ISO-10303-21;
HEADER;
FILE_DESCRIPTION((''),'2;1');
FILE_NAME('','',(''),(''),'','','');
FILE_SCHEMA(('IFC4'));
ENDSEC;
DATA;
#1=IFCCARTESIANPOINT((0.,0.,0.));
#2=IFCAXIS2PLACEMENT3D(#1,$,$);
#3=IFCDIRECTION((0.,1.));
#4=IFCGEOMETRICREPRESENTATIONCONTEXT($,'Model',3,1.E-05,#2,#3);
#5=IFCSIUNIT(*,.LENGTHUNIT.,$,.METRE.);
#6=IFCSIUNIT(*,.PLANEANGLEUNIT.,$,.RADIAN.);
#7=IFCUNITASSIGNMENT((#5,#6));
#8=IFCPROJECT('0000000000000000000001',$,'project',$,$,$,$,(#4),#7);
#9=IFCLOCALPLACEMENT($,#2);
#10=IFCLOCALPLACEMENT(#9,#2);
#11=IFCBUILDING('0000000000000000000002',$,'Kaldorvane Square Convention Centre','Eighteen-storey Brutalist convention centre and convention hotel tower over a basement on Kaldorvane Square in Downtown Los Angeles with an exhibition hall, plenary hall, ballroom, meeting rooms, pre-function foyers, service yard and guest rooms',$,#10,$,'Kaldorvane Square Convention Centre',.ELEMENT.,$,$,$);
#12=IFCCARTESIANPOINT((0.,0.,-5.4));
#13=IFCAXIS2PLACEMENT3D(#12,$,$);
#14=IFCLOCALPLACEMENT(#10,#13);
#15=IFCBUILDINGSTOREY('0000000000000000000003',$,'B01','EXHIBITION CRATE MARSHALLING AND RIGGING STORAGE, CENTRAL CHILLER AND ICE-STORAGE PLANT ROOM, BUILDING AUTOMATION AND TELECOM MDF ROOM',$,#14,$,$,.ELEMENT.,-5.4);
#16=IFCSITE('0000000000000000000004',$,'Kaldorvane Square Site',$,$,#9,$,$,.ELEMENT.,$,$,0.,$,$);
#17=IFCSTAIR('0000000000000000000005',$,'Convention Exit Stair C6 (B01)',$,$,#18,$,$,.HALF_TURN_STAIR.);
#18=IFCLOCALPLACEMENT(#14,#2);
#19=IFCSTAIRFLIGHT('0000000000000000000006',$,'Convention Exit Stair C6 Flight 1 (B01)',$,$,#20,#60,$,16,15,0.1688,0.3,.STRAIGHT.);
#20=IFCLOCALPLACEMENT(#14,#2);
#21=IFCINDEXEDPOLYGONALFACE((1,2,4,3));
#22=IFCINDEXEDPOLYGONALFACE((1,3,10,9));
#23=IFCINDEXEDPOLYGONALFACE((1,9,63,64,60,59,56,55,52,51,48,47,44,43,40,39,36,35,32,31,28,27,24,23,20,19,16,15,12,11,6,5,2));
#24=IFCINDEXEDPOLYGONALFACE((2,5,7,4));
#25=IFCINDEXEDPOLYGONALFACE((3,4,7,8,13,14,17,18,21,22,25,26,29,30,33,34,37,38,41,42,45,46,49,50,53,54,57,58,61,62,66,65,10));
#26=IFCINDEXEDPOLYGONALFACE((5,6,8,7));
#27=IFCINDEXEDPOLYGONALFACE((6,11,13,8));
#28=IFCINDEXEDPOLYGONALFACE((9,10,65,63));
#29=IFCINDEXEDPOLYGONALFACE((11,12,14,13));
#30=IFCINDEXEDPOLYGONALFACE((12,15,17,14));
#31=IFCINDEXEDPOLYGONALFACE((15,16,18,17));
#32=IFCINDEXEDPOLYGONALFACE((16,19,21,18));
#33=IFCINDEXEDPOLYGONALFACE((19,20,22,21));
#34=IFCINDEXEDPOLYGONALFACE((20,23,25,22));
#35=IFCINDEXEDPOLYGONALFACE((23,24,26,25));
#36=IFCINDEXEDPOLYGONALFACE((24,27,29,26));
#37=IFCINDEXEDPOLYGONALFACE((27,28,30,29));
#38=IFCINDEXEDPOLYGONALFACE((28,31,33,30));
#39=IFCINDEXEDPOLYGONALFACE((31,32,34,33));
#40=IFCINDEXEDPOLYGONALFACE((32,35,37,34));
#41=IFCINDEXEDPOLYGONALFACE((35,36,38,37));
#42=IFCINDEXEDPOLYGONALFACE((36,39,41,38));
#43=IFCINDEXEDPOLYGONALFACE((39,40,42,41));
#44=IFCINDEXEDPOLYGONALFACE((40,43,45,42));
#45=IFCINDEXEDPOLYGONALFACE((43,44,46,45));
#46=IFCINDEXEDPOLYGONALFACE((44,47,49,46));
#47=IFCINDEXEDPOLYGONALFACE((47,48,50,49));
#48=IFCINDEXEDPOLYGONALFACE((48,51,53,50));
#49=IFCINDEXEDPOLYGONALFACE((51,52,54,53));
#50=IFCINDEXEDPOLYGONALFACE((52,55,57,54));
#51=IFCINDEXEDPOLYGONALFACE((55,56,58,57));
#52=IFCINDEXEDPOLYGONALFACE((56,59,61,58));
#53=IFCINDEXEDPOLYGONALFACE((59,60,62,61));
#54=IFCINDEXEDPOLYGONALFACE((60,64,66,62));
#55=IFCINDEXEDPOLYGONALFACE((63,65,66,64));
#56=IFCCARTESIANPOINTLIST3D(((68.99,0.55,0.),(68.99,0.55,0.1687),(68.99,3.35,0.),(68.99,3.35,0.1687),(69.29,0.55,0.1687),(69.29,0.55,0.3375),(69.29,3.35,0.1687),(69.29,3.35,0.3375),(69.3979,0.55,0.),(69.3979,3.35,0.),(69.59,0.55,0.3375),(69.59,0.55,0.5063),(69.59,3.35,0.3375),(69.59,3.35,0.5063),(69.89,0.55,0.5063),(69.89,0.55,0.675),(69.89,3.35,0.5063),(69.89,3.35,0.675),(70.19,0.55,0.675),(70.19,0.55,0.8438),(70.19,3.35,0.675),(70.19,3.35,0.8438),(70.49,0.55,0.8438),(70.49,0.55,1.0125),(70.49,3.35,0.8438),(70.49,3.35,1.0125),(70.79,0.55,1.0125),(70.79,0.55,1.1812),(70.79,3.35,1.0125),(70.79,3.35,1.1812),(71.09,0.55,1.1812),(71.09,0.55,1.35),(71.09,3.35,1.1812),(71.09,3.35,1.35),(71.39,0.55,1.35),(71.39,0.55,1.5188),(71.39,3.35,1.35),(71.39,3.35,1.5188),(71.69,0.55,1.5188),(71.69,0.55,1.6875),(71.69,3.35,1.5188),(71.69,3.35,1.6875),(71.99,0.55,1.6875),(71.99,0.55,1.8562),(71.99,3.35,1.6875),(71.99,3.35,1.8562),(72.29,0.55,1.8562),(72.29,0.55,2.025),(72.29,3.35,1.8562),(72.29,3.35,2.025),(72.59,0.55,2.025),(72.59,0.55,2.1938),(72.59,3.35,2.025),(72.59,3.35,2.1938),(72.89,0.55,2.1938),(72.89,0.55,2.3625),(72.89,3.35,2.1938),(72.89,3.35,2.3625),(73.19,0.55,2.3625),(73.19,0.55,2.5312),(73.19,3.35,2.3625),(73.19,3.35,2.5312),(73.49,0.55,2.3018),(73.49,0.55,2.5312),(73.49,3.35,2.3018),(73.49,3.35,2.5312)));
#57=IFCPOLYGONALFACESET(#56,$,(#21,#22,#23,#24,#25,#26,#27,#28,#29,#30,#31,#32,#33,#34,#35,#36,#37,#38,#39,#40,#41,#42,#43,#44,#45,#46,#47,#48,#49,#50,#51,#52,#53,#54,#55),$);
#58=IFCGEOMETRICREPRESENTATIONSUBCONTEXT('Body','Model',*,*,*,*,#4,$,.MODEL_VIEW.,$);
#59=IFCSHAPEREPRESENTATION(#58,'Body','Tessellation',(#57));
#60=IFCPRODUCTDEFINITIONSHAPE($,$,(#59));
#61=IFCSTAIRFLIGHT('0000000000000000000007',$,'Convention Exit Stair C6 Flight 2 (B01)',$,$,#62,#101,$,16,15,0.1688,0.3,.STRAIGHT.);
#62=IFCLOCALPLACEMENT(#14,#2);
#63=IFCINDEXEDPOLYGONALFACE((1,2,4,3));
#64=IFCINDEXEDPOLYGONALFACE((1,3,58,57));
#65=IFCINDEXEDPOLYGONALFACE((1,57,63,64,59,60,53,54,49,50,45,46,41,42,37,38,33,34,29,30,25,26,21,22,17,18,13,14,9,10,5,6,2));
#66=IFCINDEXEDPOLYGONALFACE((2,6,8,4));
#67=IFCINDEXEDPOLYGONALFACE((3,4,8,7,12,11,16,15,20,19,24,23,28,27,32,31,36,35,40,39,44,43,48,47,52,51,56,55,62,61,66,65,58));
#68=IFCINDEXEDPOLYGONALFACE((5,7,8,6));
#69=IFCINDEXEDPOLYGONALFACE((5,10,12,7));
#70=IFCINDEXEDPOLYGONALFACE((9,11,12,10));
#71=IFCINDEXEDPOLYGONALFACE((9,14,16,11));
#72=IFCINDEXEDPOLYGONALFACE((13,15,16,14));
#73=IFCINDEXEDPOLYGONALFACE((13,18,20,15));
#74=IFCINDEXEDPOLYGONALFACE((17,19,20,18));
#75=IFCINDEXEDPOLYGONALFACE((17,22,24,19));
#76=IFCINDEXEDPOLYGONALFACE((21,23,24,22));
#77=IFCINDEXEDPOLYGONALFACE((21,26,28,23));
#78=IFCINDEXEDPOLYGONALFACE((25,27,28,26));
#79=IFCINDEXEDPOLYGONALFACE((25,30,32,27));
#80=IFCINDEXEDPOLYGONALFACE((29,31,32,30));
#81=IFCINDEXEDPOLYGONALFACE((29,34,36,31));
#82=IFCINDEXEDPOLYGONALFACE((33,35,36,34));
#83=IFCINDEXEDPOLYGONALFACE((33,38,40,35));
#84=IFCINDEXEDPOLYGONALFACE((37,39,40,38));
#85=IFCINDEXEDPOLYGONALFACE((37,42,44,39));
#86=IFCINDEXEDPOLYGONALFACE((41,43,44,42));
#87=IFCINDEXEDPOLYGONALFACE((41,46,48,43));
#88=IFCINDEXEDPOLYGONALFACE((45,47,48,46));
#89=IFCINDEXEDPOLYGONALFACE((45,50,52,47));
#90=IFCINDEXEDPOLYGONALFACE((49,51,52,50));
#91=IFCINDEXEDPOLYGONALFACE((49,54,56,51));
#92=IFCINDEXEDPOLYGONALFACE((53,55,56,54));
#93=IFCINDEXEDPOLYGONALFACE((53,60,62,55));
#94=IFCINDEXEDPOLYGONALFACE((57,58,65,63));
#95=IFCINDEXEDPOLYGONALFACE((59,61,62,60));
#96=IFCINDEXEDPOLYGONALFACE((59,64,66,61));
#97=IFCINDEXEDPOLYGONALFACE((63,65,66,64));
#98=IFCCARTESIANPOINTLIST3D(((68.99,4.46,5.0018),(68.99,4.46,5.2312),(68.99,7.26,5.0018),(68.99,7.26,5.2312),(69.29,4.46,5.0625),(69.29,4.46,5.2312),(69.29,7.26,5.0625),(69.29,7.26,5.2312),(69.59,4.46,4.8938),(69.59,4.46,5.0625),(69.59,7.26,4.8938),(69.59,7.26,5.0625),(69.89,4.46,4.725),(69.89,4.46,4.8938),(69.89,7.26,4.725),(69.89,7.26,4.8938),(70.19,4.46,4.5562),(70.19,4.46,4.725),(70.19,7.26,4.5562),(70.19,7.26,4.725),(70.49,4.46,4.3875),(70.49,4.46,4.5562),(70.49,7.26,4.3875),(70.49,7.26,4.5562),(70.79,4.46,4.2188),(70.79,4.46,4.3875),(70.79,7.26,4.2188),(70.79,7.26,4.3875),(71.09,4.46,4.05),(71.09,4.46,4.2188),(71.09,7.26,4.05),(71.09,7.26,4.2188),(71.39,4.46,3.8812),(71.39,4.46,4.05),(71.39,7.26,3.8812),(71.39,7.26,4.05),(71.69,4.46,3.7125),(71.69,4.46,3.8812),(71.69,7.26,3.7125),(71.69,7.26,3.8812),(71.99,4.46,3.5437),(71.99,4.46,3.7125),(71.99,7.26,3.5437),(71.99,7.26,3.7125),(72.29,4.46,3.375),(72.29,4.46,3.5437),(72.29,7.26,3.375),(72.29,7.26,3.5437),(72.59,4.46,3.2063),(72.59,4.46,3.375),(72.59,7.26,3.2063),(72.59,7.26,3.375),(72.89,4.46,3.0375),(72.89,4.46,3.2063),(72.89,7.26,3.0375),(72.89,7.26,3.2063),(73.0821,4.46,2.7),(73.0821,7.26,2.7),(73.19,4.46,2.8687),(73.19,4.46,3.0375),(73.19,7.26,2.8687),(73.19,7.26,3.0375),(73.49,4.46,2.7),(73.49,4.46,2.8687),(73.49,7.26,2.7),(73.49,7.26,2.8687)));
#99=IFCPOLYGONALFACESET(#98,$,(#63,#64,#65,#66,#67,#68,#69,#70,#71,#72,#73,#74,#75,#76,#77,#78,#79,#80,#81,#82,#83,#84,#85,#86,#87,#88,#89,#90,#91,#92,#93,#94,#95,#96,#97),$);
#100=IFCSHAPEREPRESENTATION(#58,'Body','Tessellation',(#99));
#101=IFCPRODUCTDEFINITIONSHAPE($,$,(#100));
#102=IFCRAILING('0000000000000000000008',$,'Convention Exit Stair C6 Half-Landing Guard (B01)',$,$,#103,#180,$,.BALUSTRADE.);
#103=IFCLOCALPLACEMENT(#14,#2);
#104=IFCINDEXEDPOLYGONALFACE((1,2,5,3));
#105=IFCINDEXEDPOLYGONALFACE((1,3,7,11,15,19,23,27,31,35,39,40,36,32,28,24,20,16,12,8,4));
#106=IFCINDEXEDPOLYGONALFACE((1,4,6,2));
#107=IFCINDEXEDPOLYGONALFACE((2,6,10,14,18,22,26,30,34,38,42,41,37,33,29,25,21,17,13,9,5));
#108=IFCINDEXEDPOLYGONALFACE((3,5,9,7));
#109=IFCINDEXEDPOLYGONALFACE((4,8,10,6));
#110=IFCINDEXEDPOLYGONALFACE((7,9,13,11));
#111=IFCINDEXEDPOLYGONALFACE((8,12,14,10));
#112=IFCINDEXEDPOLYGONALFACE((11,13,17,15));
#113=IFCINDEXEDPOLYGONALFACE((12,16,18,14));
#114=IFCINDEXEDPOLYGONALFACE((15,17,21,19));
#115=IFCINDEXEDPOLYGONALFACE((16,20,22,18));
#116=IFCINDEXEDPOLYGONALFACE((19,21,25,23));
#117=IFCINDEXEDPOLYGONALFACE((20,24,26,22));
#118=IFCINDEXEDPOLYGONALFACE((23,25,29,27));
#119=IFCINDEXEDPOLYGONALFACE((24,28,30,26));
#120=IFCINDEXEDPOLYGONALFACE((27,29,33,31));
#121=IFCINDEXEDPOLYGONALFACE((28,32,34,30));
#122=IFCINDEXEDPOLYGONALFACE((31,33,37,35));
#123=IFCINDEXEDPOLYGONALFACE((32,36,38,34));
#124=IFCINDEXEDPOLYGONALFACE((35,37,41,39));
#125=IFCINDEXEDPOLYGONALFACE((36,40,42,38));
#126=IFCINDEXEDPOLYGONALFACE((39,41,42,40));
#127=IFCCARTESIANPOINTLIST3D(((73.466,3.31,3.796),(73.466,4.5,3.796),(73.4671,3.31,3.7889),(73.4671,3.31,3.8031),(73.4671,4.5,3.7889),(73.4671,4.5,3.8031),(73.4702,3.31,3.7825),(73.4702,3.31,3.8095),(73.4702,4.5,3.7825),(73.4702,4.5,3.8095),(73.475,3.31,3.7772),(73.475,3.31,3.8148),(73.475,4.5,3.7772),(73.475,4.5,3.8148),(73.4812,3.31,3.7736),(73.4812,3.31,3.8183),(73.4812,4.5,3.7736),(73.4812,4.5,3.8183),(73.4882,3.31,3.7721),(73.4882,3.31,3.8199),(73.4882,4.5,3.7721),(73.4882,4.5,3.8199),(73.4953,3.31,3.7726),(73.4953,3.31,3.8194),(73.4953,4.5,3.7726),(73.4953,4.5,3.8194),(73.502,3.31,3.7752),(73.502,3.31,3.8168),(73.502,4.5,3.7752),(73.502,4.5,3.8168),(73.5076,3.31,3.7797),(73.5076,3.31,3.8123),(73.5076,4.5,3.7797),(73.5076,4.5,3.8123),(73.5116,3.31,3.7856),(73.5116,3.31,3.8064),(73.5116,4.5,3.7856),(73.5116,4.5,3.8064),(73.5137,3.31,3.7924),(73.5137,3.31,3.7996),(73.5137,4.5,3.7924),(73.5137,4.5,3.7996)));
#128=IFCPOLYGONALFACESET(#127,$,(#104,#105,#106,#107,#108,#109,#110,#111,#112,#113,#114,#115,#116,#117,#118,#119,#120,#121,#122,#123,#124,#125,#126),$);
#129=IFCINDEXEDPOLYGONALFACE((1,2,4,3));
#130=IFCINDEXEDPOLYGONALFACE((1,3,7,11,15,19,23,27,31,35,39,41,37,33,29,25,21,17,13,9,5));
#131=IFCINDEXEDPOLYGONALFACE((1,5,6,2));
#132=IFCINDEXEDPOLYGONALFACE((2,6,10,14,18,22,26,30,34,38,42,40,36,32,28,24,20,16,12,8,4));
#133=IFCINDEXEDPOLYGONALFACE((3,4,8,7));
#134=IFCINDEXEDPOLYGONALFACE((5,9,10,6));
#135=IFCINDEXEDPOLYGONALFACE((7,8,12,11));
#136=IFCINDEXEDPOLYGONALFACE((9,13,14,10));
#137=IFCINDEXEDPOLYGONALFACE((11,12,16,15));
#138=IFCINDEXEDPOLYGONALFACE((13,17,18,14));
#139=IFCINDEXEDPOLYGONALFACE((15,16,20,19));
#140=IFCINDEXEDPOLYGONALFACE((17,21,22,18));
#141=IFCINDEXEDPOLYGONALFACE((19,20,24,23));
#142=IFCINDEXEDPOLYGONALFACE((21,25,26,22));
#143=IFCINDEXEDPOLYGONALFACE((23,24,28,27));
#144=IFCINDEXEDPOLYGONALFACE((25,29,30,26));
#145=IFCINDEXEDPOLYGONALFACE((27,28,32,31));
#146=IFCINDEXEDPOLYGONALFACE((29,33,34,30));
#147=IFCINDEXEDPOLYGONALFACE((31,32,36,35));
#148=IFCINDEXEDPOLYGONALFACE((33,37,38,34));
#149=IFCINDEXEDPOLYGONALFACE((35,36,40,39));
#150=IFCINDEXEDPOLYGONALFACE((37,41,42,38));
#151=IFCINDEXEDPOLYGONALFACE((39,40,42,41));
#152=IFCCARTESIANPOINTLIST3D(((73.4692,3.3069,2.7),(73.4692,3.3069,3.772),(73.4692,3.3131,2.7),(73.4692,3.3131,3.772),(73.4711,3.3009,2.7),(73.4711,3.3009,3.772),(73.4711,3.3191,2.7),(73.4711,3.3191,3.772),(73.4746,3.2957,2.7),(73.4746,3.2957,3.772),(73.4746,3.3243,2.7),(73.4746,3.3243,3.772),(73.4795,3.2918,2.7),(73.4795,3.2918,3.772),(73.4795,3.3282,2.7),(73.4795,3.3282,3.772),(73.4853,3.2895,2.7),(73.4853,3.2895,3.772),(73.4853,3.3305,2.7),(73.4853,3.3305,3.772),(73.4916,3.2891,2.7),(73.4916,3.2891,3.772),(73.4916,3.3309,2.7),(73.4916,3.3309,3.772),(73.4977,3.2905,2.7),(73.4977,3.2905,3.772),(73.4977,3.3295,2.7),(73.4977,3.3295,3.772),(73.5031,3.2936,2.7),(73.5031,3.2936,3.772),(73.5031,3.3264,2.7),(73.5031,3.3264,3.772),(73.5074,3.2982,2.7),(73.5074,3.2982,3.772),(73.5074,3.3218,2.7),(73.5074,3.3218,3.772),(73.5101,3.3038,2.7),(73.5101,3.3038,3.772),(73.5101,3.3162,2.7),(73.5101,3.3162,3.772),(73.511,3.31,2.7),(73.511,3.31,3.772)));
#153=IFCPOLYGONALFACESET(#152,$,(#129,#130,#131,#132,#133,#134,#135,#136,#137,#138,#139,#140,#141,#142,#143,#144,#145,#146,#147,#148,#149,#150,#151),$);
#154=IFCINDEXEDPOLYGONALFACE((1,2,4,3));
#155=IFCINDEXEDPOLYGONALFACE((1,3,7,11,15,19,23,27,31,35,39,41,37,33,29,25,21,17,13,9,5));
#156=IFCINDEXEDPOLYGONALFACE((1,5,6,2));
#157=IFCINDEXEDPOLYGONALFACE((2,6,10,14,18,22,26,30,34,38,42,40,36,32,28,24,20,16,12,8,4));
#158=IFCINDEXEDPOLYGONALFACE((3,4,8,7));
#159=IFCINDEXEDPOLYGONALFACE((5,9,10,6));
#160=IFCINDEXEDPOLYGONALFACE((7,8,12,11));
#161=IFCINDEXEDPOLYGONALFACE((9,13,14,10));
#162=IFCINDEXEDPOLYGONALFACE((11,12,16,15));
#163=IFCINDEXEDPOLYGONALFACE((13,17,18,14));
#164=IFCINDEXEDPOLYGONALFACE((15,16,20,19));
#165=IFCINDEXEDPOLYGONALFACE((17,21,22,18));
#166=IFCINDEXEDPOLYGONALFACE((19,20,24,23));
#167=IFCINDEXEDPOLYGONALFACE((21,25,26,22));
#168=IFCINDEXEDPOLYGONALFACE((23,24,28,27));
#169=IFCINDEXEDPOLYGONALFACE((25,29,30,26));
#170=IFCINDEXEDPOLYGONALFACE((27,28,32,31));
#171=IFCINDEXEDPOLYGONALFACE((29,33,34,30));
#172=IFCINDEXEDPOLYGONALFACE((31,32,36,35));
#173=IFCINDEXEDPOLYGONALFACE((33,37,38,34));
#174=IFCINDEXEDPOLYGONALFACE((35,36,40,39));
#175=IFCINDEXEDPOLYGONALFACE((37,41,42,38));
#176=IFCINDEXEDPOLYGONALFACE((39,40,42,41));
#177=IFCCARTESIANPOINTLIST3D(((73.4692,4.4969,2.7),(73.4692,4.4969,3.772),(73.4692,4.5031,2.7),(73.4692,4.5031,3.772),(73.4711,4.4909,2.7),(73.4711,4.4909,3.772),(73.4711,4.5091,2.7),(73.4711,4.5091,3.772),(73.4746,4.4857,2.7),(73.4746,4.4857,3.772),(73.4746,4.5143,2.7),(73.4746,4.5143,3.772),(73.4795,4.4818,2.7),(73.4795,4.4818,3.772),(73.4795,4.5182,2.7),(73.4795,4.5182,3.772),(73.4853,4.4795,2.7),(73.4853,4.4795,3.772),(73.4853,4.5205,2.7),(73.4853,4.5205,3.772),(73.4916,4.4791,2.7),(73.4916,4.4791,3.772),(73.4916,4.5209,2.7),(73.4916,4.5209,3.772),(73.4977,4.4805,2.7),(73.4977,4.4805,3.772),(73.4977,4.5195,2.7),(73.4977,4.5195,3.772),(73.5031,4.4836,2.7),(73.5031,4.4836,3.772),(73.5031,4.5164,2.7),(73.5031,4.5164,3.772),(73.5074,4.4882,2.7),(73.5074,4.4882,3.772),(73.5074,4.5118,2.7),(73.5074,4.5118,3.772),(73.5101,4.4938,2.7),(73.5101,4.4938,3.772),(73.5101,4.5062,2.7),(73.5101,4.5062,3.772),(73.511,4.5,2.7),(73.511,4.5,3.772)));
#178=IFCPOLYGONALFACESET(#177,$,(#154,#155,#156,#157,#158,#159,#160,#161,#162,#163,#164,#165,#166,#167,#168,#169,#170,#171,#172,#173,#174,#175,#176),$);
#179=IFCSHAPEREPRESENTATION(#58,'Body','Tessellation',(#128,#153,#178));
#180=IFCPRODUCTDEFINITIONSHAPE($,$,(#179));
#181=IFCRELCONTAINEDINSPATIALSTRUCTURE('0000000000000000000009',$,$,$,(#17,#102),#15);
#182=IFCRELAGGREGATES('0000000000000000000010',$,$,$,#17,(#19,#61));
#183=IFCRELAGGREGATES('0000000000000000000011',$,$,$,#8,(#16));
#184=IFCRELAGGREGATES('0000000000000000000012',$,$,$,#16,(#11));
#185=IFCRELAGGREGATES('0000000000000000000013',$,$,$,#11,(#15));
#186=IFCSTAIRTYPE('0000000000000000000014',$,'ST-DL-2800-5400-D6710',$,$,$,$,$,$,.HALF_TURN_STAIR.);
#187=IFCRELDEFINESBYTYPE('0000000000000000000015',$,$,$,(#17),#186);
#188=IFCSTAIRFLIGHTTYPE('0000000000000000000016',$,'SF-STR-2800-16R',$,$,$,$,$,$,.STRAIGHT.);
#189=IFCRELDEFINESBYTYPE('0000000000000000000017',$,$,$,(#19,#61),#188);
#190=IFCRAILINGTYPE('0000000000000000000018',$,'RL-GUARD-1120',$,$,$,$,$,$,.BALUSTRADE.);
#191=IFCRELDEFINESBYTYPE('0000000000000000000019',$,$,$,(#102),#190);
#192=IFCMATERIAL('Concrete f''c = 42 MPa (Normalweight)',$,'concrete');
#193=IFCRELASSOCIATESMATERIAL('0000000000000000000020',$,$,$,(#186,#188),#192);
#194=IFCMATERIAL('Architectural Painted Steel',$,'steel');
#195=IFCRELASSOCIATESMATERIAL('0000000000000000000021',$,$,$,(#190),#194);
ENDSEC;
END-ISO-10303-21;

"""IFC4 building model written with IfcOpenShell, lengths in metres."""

from ifc_helpers import new_model, si_unit, direction, frame, origin, origin_2d, place, context, subcontext, project, spatial, polyline, circle, outline, extrude, material, type_object, element, aggregate, save


model = new_model("IFC4")

# Units and contexts
model_context = context("Model", 3, precision=1e-05, world=origin(), true_north=direction((0.0, 1.0)))
body_context = subcontext(model_context, "Body", "Model", "MODEL_VIEW")
ifc_project = project(units=[si_unit("LENGTHUNIT", "METRE"), si_unit("PLANEANGLEUNIT", "RADIAN")], contexts=[model_context])

# Site, building, storey
site_placement = place(None, origin())
site = spatial("IfcSite", under=ifc_project, at=site_placement, Name="Kaldorvane Square Site", CompositionType="ELEMENT", RefElevation=0.0)
building_placement = place(site_placement, origin())
building = spatial("IfcBuilding", under=site, at=building_placement, Name="Kaldorvane Square Convention Centre", Description="Eighteen-storey Brutalist convention centre and convention hotel tower over a basement on Kaldorvane Square in Downtown Los Angeles with an exhibition hall, plenary hall, ballroom, meeting rooms, pre-function foyers, service yard and guest rooms", LongName="Kaldorvane Square Convention Centre", CompositionType="ELEMENT")
storey_placement = place(building_placement, frame((0.0, 0.0, -5.4)))
storey = spatial("IfcBuildingStorey", under=building, at=storey_placement, Name="B01", Description="EXHIBITION CRATE MARSHALLING AND RIGGING STORAGE, CENTRAL CHILLER AND ICE-STORAGE PLANT ROOM, BUILDING AUTOMATION AND TELECOM MDF ROOM", CompositionType="ELEMENT", Elevation=-5.4)

# Shared definitions
ifc_material_1 = material(Name="Concrete f'c = 42 MPa (Normalweight)", Category="concrete")

# Stair, stair flights
stair_type = type_object("IfcStairType", Name="ST-DL-2800-5400-D6710", PredefinedType="HALF_TURN_STAIR", material=ifc_material_1)
stair_placement = place(storey_placement, origin())
stair = element("IfcStair", 1, at=stair_placement, inside=storey, type_object=stair_type, Name="Convention Exit Stair C6 (B01)", PredefinedType="HALF_TURN_STAIR")
stair_flight_type = type_object("IfcStairFlightType", Name="SF-STR-2800-16R", PredefinedType="STRAIGHT", material=ifc_material_1)
stair_flight_1_placement = place(storey_placement, frame((68.99, 1.95, 0.0), z_axis=(0.0, 0.0, 1.0), x_axis=(1.0, 0.0, 0.0)))
stair_flight_1 = element("IfcStairFlight", 2, at=stair_flight_1_placement, type_object=stair_flight_type, Name="Convention Exit Stair C6 Flight 1 (B01)", NumberOfRisers=16, NumberOfTreads=15, PredefinedType="STRAIGHT", RiserHeight=0.1688, TreadLength=0.3, context=body_context, shape_type="SweptSolid", body=[
    extrude(outline(polyline([(0.0, 0.0), (0.0, 0.1687), (0.3, 0.1687), (0.3, 0.3375), (0.6, 0.3375), (0.6, 0.5063), (0.9, 0.5063), (0.9, 0.675), (1.2, 0.675), (1.2, 0.8438), (1.5, 0.8438), (1.5, 1.0125), (1.8, 1.0125), (1.8, 1.1812), (2.1, 1.1812), (2.1, 1.35), (2.4, 1.35), (2.4, 1.5188), (2.7, 1.5188), (2.7, 1.6875), (3.0, 1.6875), (3.0, 1.8562), (3.3, 1.8562), (3.3, 2.025), (3.6, 2.025), (3.6, 2.1938), (3.9, 2.1938), (3.9, 2.3625), (4.2, 2.3625), (4.2, 2.5312), (4.5, 2.5312), (4.5, 2.7), (4.5, 2.3018), (0.4079, 0.0), (0.0, 0.0)])), frame((0.0, 1.4, 0.0), z_axis=(0.0, -1.0, 0.0), x_axis=(1.0, 0.0, 0.0)), (0.0, 0.0, 1.0), 2.8),
])
stair_flight_2_placement = place(storey_placement, frame((73.49, 5.86, 2.7), z_axis=(0.0, 0.0, 1.0), x_axis=(-1.0, 0.0, 0.0)))
stair_flight_2 = element("IfcStairFlight", 3, at=stair_flight_2_placement, type_object=stair_flight_type, Name="Convention Exit Stair C6 Flight 2 (B01)", NumberOfRisers=16, NumberOfTreads=15, PredefinedType="STRAIGHT", RiserHeight=0.1688, TreadLength=0.3, context=body_context, shape_type="SweptSolid", body=[
    extrude(outline(polyline([(0.0, 0.0), (0.0, 0.1687), (0.3, 0.1687), (0.3, 0.3375), (0.6, 0.3375), (0.6, 0.5063), (0.9, 0.5063), (0.9, 0.675), (1.2, 0.675), (1.2, 0.8438), (1.5, 0.8438), (1.5, 1.0125), (1.8, 1.0125), (1.8, 1.1812), (2.1, 1.1812), (2.1, 1.35), (2.4, 1.35), (2.4, 1.5188), (2.7, 1.5188), (2.7, 1.6875), (3.0, 1.6875), (3.0, 1.8562), (3.3, 1.8562), (3.3, 2.025), (3.6, 2.025), (3.6, 2.1938), (3.9, 2.1938), (3.9, 2.3625), (4.2, 2.3625), (4.2, 2.5312), (4.5, 2.5312), (4.5, 2.7), (4.5, 2.3018), (0.4079, 0.0), (0.0, 0.0)])), frame((0.0, 1.4, 0.0), z_axis=(0.0, -1.0, 0.0), x_axis=(1.0, 0.0, 0.0)), (0.0, 0.0, 1.0), 2.8),
])
aggregate(stair, [stair_flight_1, stair_flight_2])

# Railing
ifc_material_2 = material(Name="Architectural Painted Steel", Category="steel")
railing_type_1 = type_object("IfcRailingType", Name="RL-GUARD-1120", PredefinedType="BALUSTRADE", material=ifc_material_2)
railing_1_placement = place(storey_placement, frame((73.49, 3.31, 2.7)))
element("IfcRailing", 4, at=railing_1_placement, inside=storey, type_object=railing_type_1, Name="Convention Exit Stair C6 Half-Landing Guard (B01)", PredefinedType="BALUSTRADE", context=body_context, shape_type="SweptSolid", body=[
    extrude(circle(Radius=0.024, at=origin_2d()), frame((0.0, 0.0, 1.096), z_axis=(0.0, 1.0, 0.0), x_axis=(-1.0, 0.0, 0.0)), (0.0, 0.0, 1.0), 1.19),
    extrude(circle(Radius=0.021, at=origin_2d()), origin(), (0.0, 0.0, 1.0), 1.072),
    extrude(circle(Radius=0.021, at=origin_2d()), frame((0.0, 1.19, 0.0)), (0.0, 0.0, 1.0), 1.072),
])

save(model, "model.ifc")
